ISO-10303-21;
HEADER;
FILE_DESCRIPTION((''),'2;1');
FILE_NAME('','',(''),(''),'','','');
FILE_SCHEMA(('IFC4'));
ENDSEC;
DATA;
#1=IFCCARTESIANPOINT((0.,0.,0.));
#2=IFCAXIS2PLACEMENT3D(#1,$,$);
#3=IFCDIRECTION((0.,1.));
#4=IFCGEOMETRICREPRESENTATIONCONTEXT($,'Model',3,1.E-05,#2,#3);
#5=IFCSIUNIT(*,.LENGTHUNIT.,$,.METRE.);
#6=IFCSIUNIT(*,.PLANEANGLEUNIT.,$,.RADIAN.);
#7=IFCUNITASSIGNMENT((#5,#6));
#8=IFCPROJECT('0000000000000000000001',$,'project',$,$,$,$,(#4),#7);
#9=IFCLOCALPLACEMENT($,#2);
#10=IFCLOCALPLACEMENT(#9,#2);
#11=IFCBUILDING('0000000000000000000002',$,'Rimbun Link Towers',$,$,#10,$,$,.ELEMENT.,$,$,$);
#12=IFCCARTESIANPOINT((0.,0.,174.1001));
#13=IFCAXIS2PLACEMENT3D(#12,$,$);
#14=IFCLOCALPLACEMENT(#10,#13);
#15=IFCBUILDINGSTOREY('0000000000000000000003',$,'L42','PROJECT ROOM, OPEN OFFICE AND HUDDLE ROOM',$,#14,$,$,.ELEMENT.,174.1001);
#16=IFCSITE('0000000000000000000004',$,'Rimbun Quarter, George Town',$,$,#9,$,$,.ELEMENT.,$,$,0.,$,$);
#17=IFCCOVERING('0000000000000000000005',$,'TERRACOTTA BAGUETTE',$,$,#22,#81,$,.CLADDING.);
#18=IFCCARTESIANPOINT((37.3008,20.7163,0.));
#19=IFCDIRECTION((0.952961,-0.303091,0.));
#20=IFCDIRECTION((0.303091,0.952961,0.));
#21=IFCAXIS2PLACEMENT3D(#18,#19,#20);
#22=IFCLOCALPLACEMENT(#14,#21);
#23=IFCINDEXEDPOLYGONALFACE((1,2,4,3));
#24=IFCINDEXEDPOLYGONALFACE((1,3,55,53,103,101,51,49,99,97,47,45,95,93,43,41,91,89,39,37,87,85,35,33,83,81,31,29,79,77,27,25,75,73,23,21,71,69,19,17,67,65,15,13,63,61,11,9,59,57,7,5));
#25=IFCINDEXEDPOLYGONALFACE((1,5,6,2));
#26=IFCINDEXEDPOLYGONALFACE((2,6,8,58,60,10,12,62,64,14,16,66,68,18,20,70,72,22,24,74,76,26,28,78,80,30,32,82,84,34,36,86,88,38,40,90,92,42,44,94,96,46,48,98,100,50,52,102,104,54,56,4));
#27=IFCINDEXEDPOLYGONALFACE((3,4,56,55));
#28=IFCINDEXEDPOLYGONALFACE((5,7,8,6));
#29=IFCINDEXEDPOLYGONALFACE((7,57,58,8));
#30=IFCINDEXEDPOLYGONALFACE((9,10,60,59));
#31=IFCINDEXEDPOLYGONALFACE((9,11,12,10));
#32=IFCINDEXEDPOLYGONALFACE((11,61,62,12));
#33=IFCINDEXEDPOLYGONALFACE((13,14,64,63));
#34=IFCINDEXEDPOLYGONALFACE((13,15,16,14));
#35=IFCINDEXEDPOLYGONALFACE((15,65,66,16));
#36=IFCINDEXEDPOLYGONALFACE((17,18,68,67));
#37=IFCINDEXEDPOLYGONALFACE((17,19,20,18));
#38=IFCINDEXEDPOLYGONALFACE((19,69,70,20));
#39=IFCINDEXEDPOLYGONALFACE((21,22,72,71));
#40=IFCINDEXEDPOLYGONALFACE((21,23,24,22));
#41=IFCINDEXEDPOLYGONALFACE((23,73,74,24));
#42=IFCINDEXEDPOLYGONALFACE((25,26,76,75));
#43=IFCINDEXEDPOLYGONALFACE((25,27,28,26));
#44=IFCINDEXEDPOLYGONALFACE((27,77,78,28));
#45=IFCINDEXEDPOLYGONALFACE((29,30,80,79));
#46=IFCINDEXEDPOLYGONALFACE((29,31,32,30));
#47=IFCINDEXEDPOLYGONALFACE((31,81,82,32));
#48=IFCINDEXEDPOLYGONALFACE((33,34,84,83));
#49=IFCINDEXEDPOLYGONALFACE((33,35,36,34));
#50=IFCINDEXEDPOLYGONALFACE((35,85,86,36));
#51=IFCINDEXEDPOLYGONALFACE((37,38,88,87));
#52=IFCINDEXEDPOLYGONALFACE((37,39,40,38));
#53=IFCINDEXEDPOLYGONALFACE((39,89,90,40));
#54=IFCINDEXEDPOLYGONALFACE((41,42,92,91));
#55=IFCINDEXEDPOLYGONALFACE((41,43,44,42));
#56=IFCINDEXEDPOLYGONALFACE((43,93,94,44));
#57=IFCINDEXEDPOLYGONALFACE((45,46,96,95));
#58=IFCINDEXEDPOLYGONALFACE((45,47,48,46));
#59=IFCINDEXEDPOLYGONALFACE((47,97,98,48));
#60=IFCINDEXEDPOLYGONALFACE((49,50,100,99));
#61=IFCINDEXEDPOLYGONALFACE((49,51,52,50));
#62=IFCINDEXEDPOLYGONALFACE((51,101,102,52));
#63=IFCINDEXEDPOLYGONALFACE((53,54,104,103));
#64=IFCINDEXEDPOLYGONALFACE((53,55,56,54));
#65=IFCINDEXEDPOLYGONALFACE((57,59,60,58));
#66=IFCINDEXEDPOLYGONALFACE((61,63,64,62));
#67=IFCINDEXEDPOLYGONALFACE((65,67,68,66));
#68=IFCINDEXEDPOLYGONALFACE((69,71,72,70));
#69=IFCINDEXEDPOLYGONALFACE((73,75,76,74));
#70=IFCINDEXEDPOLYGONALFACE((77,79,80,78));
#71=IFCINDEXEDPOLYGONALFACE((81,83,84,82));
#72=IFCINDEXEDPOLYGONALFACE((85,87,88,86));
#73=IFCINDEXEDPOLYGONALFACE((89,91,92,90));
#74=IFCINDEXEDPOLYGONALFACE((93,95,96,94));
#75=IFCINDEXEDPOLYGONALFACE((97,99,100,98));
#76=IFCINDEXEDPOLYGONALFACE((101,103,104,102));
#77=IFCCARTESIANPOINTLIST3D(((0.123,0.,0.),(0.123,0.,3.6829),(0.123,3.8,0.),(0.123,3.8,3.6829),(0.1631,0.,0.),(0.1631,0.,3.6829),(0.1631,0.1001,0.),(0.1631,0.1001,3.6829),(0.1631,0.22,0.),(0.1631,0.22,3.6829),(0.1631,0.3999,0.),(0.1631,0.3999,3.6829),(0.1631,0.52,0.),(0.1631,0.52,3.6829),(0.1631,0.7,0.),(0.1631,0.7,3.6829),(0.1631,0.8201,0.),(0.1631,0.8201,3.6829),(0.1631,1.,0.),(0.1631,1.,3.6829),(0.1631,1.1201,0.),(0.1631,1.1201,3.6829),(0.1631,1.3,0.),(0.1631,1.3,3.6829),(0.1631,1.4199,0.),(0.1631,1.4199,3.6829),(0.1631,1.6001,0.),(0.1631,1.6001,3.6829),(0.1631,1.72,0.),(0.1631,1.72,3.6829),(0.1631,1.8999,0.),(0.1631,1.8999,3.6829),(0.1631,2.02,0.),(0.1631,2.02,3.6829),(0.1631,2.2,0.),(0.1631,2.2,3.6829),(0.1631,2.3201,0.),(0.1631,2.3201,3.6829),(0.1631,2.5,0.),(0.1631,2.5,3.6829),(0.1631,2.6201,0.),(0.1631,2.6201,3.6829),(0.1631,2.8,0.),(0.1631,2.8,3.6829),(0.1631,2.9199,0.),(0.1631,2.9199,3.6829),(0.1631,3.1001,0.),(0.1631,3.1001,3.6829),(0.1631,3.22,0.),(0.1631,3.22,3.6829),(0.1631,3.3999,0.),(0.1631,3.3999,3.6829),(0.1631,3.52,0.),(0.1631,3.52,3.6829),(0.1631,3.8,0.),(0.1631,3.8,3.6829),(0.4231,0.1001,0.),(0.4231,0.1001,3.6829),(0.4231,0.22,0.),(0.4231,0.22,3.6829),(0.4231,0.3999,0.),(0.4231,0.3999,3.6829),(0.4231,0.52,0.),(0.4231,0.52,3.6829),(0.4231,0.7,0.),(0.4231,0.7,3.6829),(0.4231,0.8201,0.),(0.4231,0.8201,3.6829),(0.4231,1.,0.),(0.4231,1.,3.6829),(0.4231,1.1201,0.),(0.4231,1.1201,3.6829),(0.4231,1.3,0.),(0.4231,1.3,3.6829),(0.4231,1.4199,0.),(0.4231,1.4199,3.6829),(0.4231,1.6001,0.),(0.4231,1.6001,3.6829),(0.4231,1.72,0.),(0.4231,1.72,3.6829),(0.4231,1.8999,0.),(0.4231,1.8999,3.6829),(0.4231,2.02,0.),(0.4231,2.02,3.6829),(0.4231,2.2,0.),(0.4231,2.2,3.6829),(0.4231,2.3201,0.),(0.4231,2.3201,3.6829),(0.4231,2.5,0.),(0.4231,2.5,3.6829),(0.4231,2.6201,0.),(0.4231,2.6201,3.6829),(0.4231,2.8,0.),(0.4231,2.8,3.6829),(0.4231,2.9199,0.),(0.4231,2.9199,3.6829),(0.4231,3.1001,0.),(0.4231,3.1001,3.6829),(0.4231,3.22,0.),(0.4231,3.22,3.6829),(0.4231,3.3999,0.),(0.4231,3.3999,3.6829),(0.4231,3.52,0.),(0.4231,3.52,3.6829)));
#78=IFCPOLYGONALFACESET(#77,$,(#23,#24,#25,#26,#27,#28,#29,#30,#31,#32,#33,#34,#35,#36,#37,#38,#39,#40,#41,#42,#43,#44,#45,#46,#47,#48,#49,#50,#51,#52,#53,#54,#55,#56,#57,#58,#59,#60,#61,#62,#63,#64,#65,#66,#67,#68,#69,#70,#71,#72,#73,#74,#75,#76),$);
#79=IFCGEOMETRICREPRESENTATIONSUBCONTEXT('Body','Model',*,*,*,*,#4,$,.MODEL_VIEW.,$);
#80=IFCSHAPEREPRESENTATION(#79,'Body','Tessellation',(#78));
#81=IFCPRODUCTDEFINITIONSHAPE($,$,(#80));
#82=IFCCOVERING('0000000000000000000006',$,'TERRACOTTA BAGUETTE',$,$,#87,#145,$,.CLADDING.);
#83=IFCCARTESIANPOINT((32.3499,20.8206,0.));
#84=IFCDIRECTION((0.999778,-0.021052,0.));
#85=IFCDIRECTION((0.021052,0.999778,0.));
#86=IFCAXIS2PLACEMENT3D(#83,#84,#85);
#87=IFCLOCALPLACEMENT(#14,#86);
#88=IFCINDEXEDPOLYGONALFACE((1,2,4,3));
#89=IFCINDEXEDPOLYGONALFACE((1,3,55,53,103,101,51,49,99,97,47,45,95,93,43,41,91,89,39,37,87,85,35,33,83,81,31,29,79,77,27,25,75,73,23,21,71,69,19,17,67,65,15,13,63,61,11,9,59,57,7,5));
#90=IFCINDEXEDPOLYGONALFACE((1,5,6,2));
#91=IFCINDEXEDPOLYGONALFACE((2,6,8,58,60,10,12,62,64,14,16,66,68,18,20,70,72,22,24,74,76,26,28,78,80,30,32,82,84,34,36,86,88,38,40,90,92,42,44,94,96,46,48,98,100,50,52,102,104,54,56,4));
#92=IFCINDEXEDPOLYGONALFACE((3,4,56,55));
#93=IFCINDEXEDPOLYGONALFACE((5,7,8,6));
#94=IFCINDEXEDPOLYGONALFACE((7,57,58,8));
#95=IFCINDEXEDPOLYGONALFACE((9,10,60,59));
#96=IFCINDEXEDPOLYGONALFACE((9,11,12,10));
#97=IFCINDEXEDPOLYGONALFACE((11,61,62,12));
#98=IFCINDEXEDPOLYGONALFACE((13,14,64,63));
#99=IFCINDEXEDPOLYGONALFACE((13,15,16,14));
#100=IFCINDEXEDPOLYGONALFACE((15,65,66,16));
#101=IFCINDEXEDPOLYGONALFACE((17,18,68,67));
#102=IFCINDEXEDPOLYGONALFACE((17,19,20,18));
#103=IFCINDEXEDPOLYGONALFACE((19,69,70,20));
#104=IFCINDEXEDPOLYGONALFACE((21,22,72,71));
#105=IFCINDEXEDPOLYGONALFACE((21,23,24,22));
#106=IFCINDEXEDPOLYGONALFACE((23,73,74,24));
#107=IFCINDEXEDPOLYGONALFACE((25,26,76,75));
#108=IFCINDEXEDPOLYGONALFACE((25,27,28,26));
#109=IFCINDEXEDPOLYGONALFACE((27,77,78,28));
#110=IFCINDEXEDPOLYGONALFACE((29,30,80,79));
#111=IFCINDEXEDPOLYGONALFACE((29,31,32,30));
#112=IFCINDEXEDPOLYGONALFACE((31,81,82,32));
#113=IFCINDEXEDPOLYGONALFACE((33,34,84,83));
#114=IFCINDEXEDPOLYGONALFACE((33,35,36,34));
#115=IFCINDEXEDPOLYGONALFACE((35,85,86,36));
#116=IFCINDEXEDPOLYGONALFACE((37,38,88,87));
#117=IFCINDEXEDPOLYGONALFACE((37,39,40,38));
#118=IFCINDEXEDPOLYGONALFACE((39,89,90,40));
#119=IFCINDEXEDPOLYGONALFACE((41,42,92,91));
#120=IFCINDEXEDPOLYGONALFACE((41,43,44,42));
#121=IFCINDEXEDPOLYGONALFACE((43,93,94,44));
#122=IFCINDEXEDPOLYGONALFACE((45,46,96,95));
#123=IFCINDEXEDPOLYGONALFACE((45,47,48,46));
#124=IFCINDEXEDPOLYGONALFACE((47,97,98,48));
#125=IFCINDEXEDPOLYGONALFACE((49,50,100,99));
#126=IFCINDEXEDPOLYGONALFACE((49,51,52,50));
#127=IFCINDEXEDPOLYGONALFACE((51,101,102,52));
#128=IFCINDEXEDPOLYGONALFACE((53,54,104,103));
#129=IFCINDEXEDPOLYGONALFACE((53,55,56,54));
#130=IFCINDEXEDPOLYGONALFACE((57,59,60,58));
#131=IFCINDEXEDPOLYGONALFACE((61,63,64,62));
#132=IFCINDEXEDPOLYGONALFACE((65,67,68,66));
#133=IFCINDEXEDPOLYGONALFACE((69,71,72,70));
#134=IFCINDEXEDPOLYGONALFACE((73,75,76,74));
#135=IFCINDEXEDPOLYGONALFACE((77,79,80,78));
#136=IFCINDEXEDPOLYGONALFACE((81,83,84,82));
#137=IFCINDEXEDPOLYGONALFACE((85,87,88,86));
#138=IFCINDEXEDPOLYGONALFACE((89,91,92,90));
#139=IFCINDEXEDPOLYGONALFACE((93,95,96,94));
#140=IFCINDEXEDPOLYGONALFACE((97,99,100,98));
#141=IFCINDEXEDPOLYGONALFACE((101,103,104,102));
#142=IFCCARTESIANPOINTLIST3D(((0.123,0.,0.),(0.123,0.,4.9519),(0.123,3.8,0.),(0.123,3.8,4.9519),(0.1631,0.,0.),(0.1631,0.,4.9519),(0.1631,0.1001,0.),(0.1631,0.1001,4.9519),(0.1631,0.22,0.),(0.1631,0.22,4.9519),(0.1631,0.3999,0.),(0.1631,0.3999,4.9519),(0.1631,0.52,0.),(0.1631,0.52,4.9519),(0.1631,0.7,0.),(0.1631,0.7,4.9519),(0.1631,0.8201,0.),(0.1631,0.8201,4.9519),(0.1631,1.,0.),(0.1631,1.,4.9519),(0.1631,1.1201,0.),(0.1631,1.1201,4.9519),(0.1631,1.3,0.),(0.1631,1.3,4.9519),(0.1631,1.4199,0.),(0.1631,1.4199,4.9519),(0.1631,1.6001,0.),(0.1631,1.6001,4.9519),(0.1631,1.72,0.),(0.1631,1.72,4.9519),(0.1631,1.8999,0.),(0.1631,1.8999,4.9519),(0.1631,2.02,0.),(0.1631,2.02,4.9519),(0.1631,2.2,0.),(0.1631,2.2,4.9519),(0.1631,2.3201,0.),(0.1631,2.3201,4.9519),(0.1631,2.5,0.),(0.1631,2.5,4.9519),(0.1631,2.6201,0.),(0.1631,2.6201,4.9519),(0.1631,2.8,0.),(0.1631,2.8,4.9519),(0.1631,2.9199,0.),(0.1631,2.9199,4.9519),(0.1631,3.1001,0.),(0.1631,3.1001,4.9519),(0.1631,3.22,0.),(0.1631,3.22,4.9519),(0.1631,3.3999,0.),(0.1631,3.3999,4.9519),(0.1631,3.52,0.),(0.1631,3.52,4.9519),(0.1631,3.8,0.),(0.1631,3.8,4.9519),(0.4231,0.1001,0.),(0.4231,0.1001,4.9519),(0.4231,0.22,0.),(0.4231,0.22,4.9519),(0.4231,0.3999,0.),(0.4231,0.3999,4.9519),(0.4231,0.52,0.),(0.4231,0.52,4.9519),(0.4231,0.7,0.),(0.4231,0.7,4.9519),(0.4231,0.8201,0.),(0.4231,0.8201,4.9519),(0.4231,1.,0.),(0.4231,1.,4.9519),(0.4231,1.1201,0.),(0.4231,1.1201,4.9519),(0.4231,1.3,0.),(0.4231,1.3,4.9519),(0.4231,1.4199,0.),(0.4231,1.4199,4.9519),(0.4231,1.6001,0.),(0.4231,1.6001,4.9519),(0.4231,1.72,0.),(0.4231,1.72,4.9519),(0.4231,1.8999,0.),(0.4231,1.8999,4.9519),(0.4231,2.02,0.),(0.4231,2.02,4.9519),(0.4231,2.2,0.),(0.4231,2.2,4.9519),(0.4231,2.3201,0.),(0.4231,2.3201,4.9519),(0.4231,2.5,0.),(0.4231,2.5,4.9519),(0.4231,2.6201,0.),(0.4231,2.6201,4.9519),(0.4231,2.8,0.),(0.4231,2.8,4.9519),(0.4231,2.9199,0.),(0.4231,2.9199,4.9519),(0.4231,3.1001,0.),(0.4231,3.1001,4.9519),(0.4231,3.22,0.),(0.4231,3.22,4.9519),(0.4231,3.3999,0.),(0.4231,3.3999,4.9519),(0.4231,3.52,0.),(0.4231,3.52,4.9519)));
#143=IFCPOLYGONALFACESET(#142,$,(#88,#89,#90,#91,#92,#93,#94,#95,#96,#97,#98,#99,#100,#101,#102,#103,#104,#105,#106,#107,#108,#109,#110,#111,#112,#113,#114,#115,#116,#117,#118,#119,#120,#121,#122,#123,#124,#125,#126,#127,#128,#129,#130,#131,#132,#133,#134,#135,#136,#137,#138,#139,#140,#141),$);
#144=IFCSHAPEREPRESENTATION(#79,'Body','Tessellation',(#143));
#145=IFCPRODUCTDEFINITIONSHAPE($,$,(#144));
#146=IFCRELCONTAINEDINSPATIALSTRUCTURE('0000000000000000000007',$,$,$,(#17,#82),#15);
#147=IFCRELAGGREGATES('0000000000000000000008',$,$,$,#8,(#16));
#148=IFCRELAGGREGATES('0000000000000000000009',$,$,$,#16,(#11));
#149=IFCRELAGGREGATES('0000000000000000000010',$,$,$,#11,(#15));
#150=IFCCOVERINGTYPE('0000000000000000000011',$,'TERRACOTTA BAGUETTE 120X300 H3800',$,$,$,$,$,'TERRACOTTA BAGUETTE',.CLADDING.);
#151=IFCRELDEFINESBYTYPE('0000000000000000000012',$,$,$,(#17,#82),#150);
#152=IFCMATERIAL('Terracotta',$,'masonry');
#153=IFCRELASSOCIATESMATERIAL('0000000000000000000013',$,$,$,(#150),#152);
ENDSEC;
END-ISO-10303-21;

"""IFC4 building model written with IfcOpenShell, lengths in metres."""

from ifc_helpers import new_model, si_unit, direction, frame, origin, place, context, subcontext, project, spatial, polyline, outline, extrude, material, material_profile, profile_set, type_object, element, save


model = new_model("IFC4")

# Units and contexts
model_context = context("Model", 3, precision=1e-05, world=origin(), true_north=direction((0.0, 1.0)))
body_context = subcontext(model_context, "Body", "Model", "MODEL_VIEW")
ifc_project = project(units=[si_unit("LENGTHUNIT", "METRE"), si_unit("PLANEANGLEUNIT", "RADIAN")], contexts=[model_context])

# Site, building, storey
site_placement = place(None, origin())
site = spatial("IfcSite", under=ifc_project, at=site_placement, Name="Rimbun Quarter, George Town", CompositionType="ELEMENT", RefElevation=0.0)
building_placement = place(site_placement, origin())
building = spatial("IfcBuilding", under=site, at=building_placement, Name="Rimbun Link Towers", CompositionType="ELEMENT")
storey_placement = place(building_placement, frame((0.0, 0.0, 174.1001)))
storey = spatial("IfcBuildingStorey", under=building, at=storey_placement, Name="L42", Description="PROJECT ROOM, OPEN OFFICE AND HUDDLE ROOM", CompositionType="ELEMENT", Elevation=174.1001)

# Coverings
ifc_material_1 = material(Name="Terracotta", Category="masonry")
ifc_material_profile_1 = material_profile(ifc_material_1, outline(polyline([(0.123, 0.0), (0.1631, 0.0), (0.1631, 0.1001), (0.4231, 0.1001), (0.4231, 0.22), (0.1631, 0.22), (0.1631, 0.3999), (0.4231, 0.3999), (0.4231, 0.52), (0.1631, 0.52), (0.1631, 0.7), (0.4231, 0.7), (0.4231, 0.8201), (0.1631, 0.8201), (0.1631, 1.0), (0.4231, 1.0), (0.4231, 1.1201), (0.1631, 1.1201), (0.1631, 1.3), (0.4231, 1.3), (0.4231, 1.4199), (0.1631, 1.4199), (0.1631, 1.6001), (0.4231, 1.6001), (0.4231, 1.72), (0.1631, 1.72), (0.1631, 1.8999), (0.4231, 1.8999), (0.4231, 2.02), (0.1631, 2.02), (0.1631, 2.2), (0.4231, 2.2), (0.4231, 2.3201), (0.1631, 2.3201), (0.1631, 2.5), (0.4231, 2.5), (0.4231, 2.6201), (0.1631, 2.6201), (0.1631, 2.8), (0.4231, 2.8), (0.4231, 2.9199), (0.1631, 2.9199), (0.1631, 3.1001), (0.4231, 3.1001), (0.4231, 3.22), (0.1631, 3.22), (0.1631, 3.3999), (0.4231, 3.3999), (0.4231, 3.52), (0.1631, 3.52), (0.1631, 3.8), (0.123, 3.8), (0.123, 0.0)])), Name="BAGUETTE 120X300")
ifc_profile_set_1 = profile_set([ifc_material_profile_1], Name="Terracotta")
covering_type = type_object("IfcCoveringType", Name="TERRACOTTA BAGUETTE 120X300 H3800", ElementType="TERRACOTTA BAGUETTE", PredefinedType="CLADDING", material=ifc_profile_set_1)
covering_1_placement = place(storey_placement, frame((37.3008, 20.7163, 0.0), z_axis=(0.952961, -0.303091, 0.0), x_axis=(0.303091, 0.952961, 0.0)))
element("IfcCovering", 1, at=covering_1_placement, inside=storey, type_object=covering_type, Name="TERRACOTTA BAGUETTE", PredefinedType="CLADDING", context=body_context, shape_type="SweptSolid", body=[
    extrude(outline(polyline([(0.123, 0.0), (0.1631, 0.0), (0.1631, 0.1001), (0.4231, 0.1001), (0.4231, 0.22), (0.1631, 0.22), (0.1631, 0.3999), (0.4231, 0.3999), (0.4231, 0.52), (0.1631, 0.52), (0.1631, 0.7), (0.4231, 0.7), (0.4231, 0.8201), (0.1631, 0.8201), (0.1631, 1.0), (0.4231, 1.0), (0.4231, 1.1201), (0.1631, 1.1201), (0.1631, 1.3), (0.4231, 1.3), (0.4231, 1.4199), (0.1631, 1.4199), (0.1631, 1.6001), (0.4231, 1.6001), (0.4231, 1.72), (0.1631, 1.72), (0.1631, 1.8999), (0.4231, 1.8999), (0.4231, 2.02), (0.1631, 2.02), (0.1631, 2.2), (0.4231, 2.2), (0.4231, 2.3201), (0.1631, 2.3201), (0.1631, 2.5), (0.4231, 2.5), (0.4231, 2.6201), (0.1631, 2.6201), (0.1631, 2.8), (0.4231, 2.8), (0.4231, 2.9199), (0.1631, 2.9199), (0.1631, 3.1001), (0.4231, 3.1001), (0.4231, 3.22), (0.1631, 3.22), (0.1631, 3.3999), (0.4231, 3.3999), (0.4231, 3.52), (0.1631, 3.52), (0.1631, 3.8), (0.123, 3.8), (0.123, 0.0)])), origin(), (0.0, 0.0, 1.0), 3.6829),
])
covering_2_placement = place(storey_placement, frame((32.3499, 20.8206, 0.0), z_axis=(0.999778, -0.021052, 0.0), x_axis=(0.021052, 0.999778, 0.0)))
element("IfcCovering", 2, at=covering_2_placement, inside=storey, type_object=covering_type, Name="TERRACOTTA BAGUETTE", PredefinedType="CLADDING", context=body_context, shape_type="SweptSolid", body=[
    extrude(outline(polyline([(0.123, 0.0), (0.1631, 0.0), (0.1631, 0.1001), (0.4231, 0.1001), (0.4231, 0.22), (0.1631, 0.22), (0.1631, 0.3999), (0.4231, 0.3999), (0.4231, 0.52), (0.1631, 0.52), (0.1631, 0.7), (0.4231, 0.7), (0.4231, 0.8201), (0.1631, 0.8201), (0.1631, 1.0), (0.4231, 1.0), (0.4231, 1.1201), (0.1631, 1.1201), (0.1631, 1.3), (0.4231, 1.3), (0.4231, 1.4199), (0.1631, 1.4199), (0.1631, 1.6001), (0.4231, 1.6001), (0.4231, 1.72), (0.1631, 1.72), (0.1631, 1.8999), (0.4231, 1.8999), (0.4231, 2.02), (0.1631, 2.02), (0.1631, 2.2), (0.4231, 2.2), (0.4231, 2.3201), (0.1631, 2.3201), (0.1631, 2.5), (0.4231, 2.5), (0.4231, 2.6201), (0.1631, 2.6201), (0.1631, 2.8), (0.4231, 2.8), (0.4231, 2.9199), (0.1631, 2.9199), (0.1631, 3.1001), (0.4231, 3.1001), (0.4231, 3.22), (0.1631, 3.22), (0.1631, 3.3999), (0.4231, 3.3999), (0.4231, 3.52), (0.1631, 3.52), (0.1631, 3.8), (0.123, 3.8), (0.123, 0.0)])), origin(), (0.0, 0.0, 1.0), 4.9519),
])

save(model, "model.ifc")
